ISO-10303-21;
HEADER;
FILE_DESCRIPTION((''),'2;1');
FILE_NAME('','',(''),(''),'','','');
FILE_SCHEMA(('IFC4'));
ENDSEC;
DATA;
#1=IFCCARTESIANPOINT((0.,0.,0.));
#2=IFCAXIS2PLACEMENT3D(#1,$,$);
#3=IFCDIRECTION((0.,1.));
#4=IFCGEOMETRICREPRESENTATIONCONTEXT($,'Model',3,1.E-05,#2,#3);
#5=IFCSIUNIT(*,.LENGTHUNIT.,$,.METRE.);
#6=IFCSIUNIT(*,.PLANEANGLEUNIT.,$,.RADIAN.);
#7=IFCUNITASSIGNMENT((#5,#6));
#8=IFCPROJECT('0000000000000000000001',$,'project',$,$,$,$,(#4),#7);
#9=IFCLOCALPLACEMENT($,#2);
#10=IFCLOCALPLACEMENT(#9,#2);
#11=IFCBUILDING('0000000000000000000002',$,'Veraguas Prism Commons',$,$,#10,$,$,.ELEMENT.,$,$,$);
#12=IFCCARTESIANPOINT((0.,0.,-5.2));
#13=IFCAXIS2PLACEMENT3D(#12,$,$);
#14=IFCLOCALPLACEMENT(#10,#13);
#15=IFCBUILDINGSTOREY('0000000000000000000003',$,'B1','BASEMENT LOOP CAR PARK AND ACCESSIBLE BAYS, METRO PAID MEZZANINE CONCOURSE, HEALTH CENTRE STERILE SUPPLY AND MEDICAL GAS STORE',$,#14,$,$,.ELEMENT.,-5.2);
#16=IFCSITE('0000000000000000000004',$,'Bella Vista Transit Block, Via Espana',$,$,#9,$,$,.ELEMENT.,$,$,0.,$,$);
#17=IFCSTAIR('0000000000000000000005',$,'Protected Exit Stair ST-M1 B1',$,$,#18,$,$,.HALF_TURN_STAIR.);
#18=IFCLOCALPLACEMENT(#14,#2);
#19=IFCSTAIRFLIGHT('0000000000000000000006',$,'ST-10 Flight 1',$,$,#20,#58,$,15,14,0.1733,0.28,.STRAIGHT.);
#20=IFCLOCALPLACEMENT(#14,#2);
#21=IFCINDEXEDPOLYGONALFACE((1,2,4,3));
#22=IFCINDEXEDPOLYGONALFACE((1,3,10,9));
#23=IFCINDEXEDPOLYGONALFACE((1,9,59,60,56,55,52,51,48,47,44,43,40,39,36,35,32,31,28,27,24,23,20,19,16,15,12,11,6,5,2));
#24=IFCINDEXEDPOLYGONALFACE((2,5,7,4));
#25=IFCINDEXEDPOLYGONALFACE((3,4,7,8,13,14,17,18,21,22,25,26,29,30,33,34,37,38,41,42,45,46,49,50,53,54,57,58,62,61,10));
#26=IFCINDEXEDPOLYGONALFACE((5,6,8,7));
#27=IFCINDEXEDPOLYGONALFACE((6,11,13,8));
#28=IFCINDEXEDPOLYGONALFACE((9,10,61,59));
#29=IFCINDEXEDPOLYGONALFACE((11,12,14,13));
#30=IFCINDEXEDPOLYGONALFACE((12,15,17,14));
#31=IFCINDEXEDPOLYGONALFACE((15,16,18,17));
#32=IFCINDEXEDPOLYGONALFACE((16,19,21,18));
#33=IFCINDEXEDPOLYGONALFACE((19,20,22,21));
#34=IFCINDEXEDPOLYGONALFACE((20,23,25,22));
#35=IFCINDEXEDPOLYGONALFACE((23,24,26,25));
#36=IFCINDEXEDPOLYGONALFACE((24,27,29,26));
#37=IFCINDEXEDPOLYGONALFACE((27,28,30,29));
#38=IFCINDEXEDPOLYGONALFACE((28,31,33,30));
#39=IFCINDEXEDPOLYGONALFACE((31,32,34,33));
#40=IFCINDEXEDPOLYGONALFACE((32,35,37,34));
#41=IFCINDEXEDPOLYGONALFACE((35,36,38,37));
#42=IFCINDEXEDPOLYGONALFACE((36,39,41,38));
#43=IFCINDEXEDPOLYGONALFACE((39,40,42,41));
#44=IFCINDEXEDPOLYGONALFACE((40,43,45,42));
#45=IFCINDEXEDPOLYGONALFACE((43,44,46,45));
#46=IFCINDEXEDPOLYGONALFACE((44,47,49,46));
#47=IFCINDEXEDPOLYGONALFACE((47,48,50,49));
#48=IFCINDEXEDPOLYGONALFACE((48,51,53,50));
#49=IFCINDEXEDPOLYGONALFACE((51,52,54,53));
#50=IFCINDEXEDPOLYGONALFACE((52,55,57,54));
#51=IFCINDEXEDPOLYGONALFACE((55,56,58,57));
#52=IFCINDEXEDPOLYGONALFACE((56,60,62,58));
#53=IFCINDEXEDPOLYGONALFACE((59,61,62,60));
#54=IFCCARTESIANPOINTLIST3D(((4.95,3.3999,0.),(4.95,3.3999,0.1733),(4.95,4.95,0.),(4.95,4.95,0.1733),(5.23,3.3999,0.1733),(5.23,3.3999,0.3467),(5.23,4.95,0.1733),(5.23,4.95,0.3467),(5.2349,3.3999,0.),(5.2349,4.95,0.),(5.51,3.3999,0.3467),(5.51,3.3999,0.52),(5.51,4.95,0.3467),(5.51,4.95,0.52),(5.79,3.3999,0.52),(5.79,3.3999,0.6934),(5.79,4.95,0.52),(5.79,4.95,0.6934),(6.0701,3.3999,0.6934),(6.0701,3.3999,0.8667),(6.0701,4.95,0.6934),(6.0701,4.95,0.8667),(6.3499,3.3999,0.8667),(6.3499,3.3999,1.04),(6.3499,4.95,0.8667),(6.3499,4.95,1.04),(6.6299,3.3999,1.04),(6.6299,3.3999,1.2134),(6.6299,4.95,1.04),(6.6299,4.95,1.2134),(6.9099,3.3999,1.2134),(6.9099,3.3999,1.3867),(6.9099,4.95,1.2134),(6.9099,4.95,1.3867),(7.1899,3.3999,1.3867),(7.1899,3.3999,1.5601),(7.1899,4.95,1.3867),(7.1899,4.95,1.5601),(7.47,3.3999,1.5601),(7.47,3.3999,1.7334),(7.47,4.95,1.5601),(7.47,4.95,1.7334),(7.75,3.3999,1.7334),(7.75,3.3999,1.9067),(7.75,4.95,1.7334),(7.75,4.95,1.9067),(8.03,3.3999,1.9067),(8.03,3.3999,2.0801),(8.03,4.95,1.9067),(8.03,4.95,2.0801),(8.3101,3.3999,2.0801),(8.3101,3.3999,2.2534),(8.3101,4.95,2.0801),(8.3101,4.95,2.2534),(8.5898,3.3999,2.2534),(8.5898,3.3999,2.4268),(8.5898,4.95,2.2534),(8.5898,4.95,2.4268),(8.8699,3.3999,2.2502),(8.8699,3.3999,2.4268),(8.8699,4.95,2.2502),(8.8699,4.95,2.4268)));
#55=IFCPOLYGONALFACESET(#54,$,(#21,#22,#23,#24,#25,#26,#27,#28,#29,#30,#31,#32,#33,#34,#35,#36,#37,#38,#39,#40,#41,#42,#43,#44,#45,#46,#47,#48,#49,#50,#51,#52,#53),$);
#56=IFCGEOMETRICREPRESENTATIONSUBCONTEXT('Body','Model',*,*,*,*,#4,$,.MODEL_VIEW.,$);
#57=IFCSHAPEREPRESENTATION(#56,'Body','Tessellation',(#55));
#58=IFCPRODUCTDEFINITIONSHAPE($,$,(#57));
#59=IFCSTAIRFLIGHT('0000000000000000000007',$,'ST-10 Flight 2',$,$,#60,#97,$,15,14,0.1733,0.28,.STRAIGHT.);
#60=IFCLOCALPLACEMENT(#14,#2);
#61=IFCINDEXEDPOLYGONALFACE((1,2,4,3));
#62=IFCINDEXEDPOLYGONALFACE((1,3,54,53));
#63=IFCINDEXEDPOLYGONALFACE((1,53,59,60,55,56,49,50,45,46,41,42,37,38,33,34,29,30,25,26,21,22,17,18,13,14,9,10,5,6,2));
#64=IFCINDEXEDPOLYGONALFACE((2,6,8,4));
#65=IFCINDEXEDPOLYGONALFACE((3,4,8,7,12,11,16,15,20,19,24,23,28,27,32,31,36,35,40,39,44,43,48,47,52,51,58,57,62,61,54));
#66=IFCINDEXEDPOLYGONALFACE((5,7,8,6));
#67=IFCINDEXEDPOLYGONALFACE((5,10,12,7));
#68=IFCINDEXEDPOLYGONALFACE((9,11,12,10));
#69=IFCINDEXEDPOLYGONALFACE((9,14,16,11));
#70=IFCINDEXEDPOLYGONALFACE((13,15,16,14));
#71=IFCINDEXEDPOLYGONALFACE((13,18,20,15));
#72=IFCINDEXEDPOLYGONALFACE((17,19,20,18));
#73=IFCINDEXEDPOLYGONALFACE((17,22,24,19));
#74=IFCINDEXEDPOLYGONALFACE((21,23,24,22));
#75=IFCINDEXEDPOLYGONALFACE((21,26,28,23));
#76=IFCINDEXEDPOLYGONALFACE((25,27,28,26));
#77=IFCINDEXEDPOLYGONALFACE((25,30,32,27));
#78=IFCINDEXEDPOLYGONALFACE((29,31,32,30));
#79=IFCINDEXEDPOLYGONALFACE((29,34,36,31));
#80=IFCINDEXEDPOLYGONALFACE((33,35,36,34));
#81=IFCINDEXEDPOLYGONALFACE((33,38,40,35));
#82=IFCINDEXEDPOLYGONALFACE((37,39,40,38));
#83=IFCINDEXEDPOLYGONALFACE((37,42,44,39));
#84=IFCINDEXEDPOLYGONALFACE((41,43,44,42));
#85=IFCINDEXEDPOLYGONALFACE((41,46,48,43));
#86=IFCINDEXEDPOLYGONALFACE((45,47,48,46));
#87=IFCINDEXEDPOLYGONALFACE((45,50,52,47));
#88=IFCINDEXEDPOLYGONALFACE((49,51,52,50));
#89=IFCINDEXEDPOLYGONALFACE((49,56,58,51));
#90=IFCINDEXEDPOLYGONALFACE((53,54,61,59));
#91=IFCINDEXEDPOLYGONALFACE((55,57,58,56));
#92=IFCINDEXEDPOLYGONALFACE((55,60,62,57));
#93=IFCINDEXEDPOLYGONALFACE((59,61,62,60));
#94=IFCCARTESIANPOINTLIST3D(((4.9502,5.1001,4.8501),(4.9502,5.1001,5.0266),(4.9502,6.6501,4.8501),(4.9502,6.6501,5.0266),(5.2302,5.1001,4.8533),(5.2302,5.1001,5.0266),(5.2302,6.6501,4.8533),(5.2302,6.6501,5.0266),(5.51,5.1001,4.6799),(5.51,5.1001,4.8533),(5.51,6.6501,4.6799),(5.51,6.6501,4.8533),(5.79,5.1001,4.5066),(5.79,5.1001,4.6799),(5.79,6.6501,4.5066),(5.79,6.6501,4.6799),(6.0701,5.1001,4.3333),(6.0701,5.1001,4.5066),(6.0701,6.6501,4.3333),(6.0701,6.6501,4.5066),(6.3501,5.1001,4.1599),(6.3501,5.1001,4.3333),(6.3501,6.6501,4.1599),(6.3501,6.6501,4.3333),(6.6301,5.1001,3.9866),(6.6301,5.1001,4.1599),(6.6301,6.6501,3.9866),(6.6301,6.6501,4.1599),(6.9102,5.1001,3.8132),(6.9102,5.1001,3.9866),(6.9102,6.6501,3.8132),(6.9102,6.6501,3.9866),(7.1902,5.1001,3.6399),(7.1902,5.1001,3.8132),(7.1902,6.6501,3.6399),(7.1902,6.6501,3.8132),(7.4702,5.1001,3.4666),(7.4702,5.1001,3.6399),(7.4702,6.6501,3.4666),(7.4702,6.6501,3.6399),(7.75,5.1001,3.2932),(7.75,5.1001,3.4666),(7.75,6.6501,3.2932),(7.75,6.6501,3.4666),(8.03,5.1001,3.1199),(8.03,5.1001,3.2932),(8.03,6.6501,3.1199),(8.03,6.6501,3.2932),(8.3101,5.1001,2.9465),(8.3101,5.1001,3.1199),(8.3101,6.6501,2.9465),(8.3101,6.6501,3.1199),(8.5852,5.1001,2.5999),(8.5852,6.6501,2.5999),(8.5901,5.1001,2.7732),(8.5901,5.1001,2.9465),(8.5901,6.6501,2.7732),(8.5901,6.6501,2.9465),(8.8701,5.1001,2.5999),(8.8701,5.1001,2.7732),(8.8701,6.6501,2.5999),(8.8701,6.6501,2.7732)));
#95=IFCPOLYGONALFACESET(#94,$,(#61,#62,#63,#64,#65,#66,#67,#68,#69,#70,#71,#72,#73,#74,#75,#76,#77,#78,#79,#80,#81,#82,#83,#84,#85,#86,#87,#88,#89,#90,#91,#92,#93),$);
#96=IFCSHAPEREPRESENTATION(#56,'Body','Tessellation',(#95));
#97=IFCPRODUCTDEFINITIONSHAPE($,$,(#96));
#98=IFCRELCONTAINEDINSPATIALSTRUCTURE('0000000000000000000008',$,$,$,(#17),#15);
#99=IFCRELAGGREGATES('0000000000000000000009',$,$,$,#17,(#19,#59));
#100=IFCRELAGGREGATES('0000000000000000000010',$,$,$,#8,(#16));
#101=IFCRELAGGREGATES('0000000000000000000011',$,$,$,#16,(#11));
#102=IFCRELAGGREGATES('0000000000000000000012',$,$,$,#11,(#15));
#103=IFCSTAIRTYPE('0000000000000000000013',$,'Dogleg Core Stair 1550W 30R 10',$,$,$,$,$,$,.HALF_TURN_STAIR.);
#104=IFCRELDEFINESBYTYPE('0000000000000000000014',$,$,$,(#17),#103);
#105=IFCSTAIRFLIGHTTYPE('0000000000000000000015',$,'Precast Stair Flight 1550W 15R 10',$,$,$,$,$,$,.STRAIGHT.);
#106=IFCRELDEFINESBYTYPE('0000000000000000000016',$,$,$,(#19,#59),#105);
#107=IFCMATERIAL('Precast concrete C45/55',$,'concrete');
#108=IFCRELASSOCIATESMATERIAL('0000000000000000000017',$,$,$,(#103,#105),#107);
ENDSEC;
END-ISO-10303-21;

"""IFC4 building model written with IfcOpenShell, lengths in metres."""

from ifc_helpers import new_model, si_unit, direction, frame, origin, place, context, subcontext, project, spatial, polyline, outline, extrude, material, type_object, element, aggregate, save


model = new_model("IFC4")

# Units and contexts
model_context = context("Model", 3, precision=1e-05, world=origin(), true_north=direction((0.0, 1.0)))
body_context = subcontext(model_context, "Body", "Model", "MODEL_VIEW")
ifc_project = project(units=[si_unit("LENGTHUNIT", "METRE"), si_unit("PLANEANGLEUNIT", "RADIAN")], contexts=[model_context])

# Site, building, storey
site_placement = place(None, origin())
site = spatial("IfcSite", under=ifc_project, at=site_placement, Name="Bella Vista Transit Block, Via Espana", CompositionType="ELEMENT", RefElevation=0.0)
building_placement = place(site_placement, origin())
building = spatial("IfcBuilding", under=site, at=building_placement, Name="Veraguas Prism Commons", CompositionType="ELEMENT")
storey_placement = place(building_placement, frame((0.0, 0.0, -5.2)))
storey = spatial("IfcBuildingStorey", under=building, at=storey_placement, Name="B1", Description="BASEMENT LOOP CAR PARK AND ACCESSIBLE BAYS, METRO PAID MEZZANINE CONCOURSE, HEALTH CENTRE STERILE SUPPLY AND MEDICAL GAS STORE", CompositionType="ELEMENT", Elevation=-5.2)

# Stair
ifc_material_1 = material(Name="Precast concrete C45/55", Category="concrete")
stair_type_1 = type_object("IfcStairType", Name="Dogleg Core Stair 1550W 30R 10", PredefinedType="HALF_TURN_STAIR", material=ifc_material_1)
stair_1_placement = place(storey_placement, origin())
stair_1 = element("IfcStair", 1, at=stair_1_placement, inside=storey, type_object=stair_type_1, Name="Protected Exit Stair ST-M1 B1", PredefinedType="HALF_TURN_STAIR")

# Stair flights
stair_flight_type = type_object("IfcStairFlightType", Name="Precast Stair Flight 1550W 15R 10", PredefinedType="STRAIGHT", material=ifc_material_1)
stair_flight_1_placement = place(storey_placement, frame((4.95, 4.175, 0.0), z_axis=(0.0, 0.0, 1.0), x_axis=(1.0, 0.0, 0.0)))
stair_flight_1 = element("IfcStairFlight", 2, at=stair_flight_1_placement, type_object=stair_flight_type, Name="ST-10 Flight 1", NumberOfRisers=15, NumberOfTreads=14, PredefinedType="STRAIGHT", RiserHeight=0.1733, TreadLength=0.28, context=body_context, shape_type="SweptSolid", body=[
    extrude(outline(polyline([(0.0, 0.0), (0.0, 0.1733), (0.28, 0.1733), (0.28, 0.3467), (0.5601, 0.3467), (0.5601, 0.52), (0.8401, 0.52), (0.8401, 0.6934), (1.1201, 0.6934), (1.1201, 0.8667), (1.3999, 0.8667), (1.3999, 1.04), (1.6799, 1.04), (1.6799, 1.2134), (1.96, 1.2134), (1.96, 1.3867), (2.24, 1.3867), (2.24, 1.5601), (2.52, 1.5601), (2.52, 1.7334), (2.8, 1.7334), (2.8, 1.9067), (3.0801, 1.9067), (3.0801, 2.0801), (3.3601, 2.0801), (3.3601, 2.2534), (3.6399, 2.2534), (3.6399, 2.4268), (3.9199, 2.4268), (3.9199, 2.6001), (3.9199, 2.2502), (0.2849, 0.0), (0.0, 0.0)])), frame((0.0, 0.7749, 0.0), z_axis=(0.0, -1.0, 0.0), x_axis=(1.0, 0.0, 0.0)), (0.0, 0.0, 1.0), 1.55),
])
stair_flight_2_placement = place(storey_placement, frame((8.8701, 5.875, 2.5999), z_axis=(0.0, 0.0, 1.0), x_axis=(-1.0, 0.0, 0.0)))
stair_flight_2 = element("IfcStairFlight", 3, at=stair_flight_2_placement, type_object=stair_flight_type, Name="ST-10 Flight 2", NumberOfRisers=15, NumberOfTreads=14, PredefinedType="STRAIGHT", RiserHeight=0.1733, TreadLength=0.28, context=body_context, shape_type="SweptSolid", body=[
    extrude(outline(polyline([(0.0, 0.0), (0.0, 0.1733), (0.28, 0.1733), (0.28, 0.3467), (0.5601, 0.3467), (0.5601, 0.52), (0.8401, 0.52), (0.8401, 0.6934), (1.1201, 0.6934), (1.1201, 0.8667), (1.3999, 0.8667), (1.3999, 1.04), (1.6799, 1.04), (1.6799, 1.2134), (1.96, 1.2134), (1.96, 1.3867), (2.24, 1.3867), (2.24, 1.5601), (2.52, 1.5601), (2.52, 1.7334), (2.8, 1.7334), (2.8, 1.9067), (3.0801, 1.9067), (3.0801, 2.0801), (3.3601, 2.0801), (3.3601, 2.2534), (3.6399, 2.2534), (3.6399, 2.4268), (3.9199, 2.4268), (3.9199, 2.6001), (3.9199, 2.2502), (0.2849, 0.0), (0.0, 0.0)])), frame((0.0, 0.7749, 0.0), z_axis=(0.0, -1.0, 0.0), x_axis=(1.0, 0.0, 0.0)), (0.0, 0.0, 1.0), 1.55),
])
aggregate(stair_1, [stair_flight_1, stair_flight_2])

save(model, "model.ifc")
